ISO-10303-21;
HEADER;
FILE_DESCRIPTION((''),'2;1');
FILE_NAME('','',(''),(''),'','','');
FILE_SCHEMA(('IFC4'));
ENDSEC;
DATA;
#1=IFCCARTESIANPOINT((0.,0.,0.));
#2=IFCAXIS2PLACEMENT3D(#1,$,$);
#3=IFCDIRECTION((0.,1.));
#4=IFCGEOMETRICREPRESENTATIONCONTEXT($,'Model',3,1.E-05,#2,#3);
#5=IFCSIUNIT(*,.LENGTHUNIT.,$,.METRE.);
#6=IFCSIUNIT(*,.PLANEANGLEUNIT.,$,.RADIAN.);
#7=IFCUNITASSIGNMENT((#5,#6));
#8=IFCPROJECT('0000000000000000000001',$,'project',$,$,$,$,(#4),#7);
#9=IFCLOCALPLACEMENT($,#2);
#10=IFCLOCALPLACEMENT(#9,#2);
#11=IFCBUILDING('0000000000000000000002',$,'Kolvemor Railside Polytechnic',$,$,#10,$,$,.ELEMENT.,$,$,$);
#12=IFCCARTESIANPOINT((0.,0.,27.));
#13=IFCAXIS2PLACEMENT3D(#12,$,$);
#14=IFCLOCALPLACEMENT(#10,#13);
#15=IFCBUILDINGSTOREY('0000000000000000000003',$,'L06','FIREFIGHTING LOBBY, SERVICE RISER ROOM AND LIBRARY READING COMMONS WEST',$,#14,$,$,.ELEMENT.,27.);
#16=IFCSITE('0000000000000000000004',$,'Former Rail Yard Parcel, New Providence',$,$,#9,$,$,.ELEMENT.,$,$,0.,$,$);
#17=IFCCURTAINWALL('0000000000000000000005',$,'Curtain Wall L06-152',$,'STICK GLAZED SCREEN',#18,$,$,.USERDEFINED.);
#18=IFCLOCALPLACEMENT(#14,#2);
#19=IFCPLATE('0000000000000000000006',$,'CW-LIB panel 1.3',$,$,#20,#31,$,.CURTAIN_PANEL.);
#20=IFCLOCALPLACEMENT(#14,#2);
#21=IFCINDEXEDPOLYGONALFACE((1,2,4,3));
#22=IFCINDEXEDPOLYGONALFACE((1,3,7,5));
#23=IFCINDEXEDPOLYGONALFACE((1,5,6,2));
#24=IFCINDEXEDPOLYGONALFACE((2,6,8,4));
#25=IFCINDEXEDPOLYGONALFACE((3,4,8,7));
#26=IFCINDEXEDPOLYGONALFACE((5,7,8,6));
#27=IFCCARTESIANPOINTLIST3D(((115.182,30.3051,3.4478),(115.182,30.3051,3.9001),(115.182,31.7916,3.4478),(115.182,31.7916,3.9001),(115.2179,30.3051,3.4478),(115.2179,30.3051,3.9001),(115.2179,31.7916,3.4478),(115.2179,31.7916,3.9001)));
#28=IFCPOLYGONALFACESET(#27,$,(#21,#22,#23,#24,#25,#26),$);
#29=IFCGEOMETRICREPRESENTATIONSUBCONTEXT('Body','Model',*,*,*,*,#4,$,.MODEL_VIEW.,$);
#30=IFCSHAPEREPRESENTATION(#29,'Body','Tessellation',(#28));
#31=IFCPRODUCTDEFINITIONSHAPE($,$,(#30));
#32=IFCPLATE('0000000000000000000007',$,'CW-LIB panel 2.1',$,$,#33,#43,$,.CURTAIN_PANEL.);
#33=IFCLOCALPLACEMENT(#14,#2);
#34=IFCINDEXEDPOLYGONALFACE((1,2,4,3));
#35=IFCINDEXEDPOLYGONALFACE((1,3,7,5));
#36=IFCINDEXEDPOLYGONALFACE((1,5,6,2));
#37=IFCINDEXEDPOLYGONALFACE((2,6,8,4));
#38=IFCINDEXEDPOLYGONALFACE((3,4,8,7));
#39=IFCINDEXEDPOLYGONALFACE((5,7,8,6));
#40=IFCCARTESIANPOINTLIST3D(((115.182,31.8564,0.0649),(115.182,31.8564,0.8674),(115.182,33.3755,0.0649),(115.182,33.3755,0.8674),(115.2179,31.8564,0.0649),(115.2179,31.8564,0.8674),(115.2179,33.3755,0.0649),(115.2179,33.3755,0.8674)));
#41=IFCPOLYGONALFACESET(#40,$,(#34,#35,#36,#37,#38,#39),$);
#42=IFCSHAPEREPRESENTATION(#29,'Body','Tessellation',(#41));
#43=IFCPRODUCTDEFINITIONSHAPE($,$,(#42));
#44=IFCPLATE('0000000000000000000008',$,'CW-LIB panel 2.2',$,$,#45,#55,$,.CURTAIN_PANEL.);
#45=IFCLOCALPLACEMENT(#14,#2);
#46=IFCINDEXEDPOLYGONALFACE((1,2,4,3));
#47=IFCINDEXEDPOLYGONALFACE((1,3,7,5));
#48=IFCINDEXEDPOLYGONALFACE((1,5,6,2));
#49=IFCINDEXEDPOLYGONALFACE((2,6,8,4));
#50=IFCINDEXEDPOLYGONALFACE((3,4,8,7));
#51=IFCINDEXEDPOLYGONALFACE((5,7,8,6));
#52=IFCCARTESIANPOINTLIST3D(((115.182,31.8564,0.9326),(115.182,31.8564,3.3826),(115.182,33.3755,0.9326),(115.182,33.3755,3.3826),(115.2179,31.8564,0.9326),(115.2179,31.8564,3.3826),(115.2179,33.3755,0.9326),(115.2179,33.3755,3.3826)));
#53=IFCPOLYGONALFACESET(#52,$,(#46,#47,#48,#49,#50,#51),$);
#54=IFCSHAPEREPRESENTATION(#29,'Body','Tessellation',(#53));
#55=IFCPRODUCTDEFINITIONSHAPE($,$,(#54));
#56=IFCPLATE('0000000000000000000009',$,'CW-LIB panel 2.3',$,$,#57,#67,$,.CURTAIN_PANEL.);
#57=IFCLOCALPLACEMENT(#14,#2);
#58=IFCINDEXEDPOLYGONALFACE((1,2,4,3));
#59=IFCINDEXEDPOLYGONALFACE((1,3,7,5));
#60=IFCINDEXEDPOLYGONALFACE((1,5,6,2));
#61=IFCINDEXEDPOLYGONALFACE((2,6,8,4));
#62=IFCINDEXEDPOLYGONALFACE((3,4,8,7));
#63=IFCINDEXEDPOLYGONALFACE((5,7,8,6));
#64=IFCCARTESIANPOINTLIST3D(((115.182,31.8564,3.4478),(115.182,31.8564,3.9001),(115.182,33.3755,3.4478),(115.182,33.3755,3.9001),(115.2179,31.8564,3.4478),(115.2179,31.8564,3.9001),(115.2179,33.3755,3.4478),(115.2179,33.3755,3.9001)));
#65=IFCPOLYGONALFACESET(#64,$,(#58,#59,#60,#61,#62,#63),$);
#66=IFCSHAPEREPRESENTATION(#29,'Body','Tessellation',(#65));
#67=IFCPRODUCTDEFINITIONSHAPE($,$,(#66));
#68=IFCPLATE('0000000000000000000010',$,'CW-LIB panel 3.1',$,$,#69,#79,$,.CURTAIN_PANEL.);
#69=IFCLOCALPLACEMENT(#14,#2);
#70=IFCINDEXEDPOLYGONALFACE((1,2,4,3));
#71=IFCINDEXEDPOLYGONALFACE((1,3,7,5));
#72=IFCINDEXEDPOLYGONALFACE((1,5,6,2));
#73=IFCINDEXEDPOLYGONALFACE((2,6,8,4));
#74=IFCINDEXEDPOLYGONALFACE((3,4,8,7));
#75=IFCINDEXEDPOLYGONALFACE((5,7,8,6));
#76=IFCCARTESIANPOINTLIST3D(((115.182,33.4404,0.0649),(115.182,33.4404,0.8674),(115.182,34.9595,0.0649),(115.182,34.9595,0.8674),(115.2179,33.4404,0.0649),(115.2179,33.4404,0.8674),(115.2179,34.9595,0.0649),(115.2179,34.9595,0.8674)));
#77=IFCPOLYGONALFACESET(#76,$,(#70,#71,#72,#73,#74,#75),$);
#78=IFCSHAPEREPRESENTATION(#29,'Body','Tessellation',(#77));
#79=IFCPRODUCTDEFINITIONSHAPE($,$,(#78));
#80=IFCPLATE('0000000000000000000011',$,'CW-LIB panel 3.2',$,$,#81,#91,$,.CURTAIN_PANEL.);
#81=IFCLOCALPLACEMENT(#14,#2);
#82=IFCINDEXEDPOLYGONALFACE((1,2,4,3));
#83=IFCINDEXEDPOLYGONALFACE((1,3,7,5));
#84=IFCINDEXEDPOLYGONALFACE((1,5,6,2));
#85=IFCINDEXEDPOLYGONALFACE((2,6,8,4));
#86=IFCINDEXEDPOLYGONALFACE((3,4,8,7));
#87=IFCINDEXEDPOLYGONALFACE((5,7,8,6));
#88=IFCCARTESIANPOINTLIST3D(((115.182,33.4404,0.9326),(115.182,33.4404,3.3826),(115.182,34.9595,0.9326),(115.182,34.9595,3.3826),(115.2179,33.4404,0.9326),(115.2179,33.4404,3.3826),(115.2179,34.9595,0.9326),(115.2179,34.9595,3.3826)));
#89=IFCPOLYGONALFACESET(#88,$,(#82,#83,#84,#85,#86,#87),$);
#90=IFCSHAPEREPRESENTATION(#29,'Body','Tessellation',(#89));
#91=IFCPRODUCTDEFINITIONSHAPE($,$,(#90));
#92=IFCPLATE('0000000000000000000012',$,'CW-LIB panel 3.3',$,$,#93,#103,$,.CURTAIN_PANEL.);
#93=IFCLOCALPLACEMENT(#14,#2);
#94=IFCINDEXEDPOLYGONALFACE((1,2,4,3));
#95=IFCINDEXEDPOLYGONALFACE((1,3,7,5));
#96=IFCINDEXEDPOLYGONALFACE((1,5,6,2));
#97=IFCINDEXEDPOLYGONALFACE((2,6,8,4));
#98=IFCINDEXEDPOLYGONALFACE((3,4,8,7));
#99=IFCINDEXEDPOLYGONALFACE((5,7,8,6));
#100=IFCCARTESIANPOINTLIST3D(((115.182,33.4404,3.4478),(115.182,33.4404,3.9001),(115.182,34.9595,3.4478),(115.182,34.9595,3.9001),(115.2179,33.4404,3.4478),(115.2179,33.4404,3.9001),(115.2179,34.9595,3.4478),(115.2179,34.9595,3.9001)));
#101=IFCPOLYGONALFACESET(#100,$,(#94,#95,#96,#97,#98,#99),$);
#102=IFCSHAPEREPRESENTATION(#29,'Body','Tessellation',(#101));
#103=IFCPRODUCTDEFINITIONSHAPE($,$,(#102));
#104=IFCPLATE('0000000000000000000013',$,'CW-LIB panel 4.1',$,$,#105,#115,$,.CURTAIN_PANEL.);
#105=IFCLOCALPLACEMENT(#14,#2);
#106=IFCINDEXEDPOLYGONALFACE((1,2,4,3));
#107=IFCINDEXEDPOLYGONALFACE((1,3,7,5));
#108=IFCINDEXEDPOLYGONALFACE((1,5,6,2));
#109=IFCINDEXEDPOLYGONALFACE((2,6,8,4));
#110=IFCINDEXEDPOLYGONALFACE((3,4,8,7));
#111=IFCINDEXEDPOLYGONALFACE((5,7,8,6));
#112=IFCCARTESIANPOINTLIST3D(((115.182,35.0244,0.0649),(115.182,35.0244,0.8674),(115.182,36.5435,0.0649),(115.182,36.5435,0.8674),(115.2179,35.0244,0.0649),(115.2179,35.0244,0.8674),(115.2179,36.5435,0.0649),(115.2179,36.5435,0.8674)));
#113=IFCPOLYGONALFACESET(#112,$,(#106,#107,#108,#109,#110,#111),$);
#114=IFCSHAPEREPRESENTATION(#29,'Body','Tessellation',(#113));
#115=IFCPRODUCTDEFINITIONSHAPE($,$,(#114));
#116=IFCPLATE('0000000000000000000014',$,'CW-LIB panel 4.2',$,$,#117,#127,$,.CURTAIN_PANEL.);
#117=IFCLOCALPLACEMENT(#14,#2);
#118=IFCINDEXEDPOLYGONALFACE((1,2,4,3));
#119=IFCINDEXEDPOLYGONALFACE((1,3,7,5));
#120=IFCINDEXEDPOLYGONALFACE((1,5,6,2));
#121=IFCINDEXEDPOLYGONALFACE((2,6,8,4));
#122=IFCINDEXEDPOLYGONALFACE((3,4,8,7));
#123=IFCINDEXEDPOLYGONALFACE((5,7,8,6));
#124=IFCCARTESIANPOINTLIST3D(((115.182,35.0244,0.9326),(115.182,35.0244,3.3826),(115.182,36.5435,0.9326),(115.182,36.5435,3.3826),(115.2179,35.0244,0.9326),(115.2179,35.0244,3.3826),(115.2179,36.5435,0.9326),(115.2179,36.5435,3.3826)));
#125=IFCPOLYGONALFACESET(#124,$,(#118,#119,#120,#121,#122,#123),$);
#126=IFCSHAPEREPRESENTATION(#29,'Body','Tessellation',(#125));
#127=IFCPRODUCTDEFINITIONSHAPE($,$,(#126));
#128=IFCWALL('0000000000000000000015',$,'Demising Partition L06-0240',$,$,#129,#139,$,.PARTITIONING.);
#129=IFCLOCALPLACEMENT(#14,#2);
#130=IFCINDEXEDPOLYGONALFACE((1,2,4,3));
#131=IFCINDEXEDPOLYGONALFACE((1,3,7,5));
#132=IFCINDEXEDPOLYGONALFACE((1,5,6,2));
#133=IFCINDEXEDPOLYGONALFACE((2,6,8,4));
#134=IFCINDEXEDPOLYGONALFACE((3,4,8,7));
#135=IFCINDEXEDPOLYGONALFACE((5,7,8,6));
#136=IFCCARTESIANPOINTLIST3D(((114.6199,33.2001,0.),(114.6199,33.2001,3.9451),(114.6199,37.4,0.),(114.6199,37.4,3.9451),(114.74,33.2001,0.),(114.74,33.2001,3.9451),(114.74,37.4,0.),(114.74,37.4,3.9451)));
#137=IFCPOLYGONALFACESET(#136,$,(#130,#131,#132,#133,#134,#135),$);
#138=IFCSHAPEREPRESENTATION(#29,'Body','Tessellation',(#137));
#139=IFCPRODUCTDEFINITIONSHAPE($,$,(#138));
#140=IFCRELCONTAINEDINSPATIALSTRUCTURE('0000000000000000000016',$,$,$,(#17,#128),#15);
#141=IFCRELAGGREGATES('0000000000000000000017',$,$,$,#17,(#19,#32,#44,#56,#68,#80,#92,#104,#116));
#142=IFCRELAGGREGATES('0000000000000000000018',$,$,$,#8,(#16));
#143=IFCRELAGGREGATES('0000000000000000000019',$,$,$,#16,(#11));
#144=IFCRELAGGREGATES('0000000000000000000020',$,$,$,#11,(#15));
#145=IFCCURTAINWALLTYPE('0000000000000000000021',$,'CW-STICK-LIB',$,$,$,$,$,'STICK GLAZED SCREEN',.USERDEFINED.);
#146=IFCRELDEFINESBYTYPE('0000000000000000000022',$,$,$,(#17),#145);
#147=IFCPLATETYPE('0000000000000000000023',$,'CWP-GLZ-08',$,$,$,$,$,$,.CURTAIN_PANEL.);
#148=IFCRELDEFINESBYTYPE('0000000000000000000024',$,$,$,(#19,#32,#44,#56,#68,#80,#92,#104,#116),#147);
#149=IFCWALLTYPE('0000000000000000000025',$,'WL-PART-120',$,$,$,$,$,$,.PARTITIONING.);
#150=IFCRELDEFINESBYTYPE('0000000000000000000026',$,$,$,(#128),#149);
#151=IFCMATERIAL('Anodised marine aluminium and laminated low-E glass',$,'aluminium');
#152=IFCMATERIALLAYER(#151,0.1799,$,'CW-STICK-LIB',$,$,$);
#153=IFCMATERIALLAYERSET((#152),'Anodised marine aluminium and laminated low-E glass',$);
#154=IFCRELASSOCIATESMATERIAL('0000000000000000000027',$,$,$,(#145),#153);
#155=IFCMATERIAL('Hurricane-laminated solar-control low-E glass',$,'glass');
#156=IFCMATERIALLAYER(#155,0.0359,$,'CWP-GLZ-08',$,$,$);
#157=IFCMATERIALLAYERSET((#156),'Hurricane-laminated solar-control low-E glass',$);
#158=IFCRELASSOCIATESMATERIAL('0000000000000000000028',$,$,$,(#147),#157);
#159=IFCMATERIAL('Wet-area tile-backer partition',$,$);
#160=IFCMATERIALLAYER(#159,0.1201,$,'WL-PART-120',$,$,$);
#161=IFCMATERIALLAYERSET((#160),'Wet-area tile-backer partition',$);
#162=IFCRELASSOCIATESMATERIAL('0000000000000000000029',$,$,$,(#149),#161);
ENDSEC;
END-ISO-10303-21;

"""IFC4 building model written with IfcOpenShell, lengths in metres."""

from ifc_helpers import new_model, si_unit, direction, frame, frame_2d, origin, origin_2d, place, context, subcontext, project, spatial, rectangle, extrude, material, layer, layer_set, type_object, element, aggregate, save


model = new_model("IFC4")

# Units and contexts
model_context = context("Model", 3, precision=1e-05, world=origin(), true_north=direction((0.0, 1.0)))
body_context = subcontext(model_context, "Body", "Model", "MODEL_VIEW")
ifc_project = project(units=[si_unit("LENGTHUNIT", "METRE"), si_unit("PLANEANGLEUNIT", "RADIAN")], contexts=[model_context])

# Site, building, storey
site_placement = place(None, origin())
site = spatial("IfcSite", under=ifc_project, at=site_placement, Name="Former Rail Yard Parcel, New Providence", CompositionType="ELEMENT", RefElevation=0.0)
building_placement = place(site_placement, origin())
building = spatial("IfcBuilding", under=site, at=building_placement, Name="Kolvemor Railside Polytechnic", CompositionType="ELEMENT")
storey_placement = place(building_placement, frame((0.0, 0.0, 27.0)))
storey = spatial("IfcBuildingStorey", under=building, at=storey_placement, Name="L06", Description="FIREFIGHTING LOBBY, SERVICE RISER ROOM AND LIBRARY READING COMMONS WEST", CompositionType="ELEMENT", Elevation=27.0)

# Curtain wall, plates
ifc_material_1 = material(Name="Anodised marine aluminium and laminated low-E glass", Category="aluminium")
ifc_layer_1 = layer(ifc_material_1, 0.1799, Name="CW-STICK-LIB")
ifc_layer_set_1 = layer_set([ifc_layer_1], Name="Anodised marine aluminium and laminated low-E glass")
curtain_wall_type = type_object("IfcCurtainWallType", Name="CW-STICK-LIB", ElementType="STICK GLAZED SCREEN", PredefinedType="USERDEFINED", material=ifc_layer_set_1)
curtain_wall_placement = place(storey_placement, origin())
curtain_wall = element("IfcCurtainWall", 1, at=curtain_wall_placement, inside=storey, type_object=curtain_wall_type, Name="Curtain Wall L06-152", ObjectType="STICK GLAZED SCREEN", PredefinedType="USERDEFINED")
ifc_material_2 = material(Name="Hurricane-laminated solar-control low-E glass", Category="glass")
ifc_layer_2 = layer(ifc_material_2, 0.0359, Name="CWP-GLZ-08")
ifc_layer_set_2 = layer_set([ifc_layer_2], Name="Hurricane-laminated solar-control low-E glass")
plate_type = type_object("IfcPlateType", Name="CWP-GLZ-08", PredefinedType="CURTAIN_PANEL", material=ifc_layer_set_2)
plate_1_placement = place(storey_placement, frame((115.2, 31.0483, 3.4478), z_axis=(0.0, 0.0, 1.0), x_axis=(0.0, 1.0, 0.0)))
plate_1 = element("IfcPlate", 2, at=plate_1_placement, type_object=plate_type, Name="CW-LIB panel 1.3", PredefinedType="CURTAIN_PANEL", context=body_context, shape_type="SweptSolid", body=[
    extrude(rectangle(XDim=1.4866, YDim=0.0359, at=origin_2d()), origin(), (0.0, 0.0, 1.0), 0.4524),
])
plate_2_placement = place(storey_placement, frame((115.2, 32.616, 0.0649), z_axis=(0.0, 0.0, 1.0), x_axis=(0.0, 1.0, 0.0)))
plate_2 = element("IfcPlate", 3, at=plate_2_placement, type_object=plate_type, Name="CW-LIB panel 2.1", PredefinedType="CURTAIN_PANEL", context=body_context, shape_type="SweptSolid", body=[
    extrude(rectangle(XDim=1.519, YDim=0.0359, at=origin_2d()), origin(), (0.0, 0.0, 1.0), 0.8025),
])
plate_3_placement = place(storey_placement, frame((115.2, 32.616, 0.9326), z_axis=(0.0, 0.0, 1.0), x_axis=(0.0, 1.0, 0.0)))
plate_3 = element("IfcPlate", 4, at=plate_3_placement, type_object=plate_type, Name="CW-LIB panel 2.2", PredefinedType="CURTAIN_PANEL", context=body_context, shape_type="SweptSolid", body=[
    extrude(rectangle(XDim=1.519, YDim=0.0359, at=origin_2d()), origin(), (0.0, 0.0, 1.0), 2.45),
])
plate_4_placement = place(storey_placement, frame((115.2, 32.616, 3.4478), z_axis=(0.0, 0.0, 1.0), x_axis=(0.0, 1.0, 0.0)))
plate_4 = element("IfcPlate", 5, at=plate_4_placement, type_object=plate_type, Name="CW-LIB panel 2.3", PredefinedType="CURTAIN_PANEL", context=body_context, shape_type="SweptSolid", body=[
    extrude(rectangle(XDim=1.519, YDim=0.0359, at=origin_2d()), origin(), (0.0, 0.0, 1.0), 0.4524),
])
plate_5_placement = place(storey_placement, frame((115.2, 34.2, 0.0649), z_axis=(0.0, 0.0, 1.0), x_axis=(0.0, 1.0, 0.0)))
plate_5 = element("IfcPlate", 6, at=plate_5_placement, type_object=plate_type, Name="CW-LIB panel 3.1", PredefinedType="CURTAIN_PANEL", context=body_context, shape_type="SweptSolid", body=[
    extrude(rectangle(XDim=1.519, YDim=0.0359, at=origin_2d()), origin(), (0.0, 0.0, 1.0), 0.8025),
])
plate_6_placement = place(storey_placement, frame((115.2, 34.2, 0.9326), z_axis=(0.0, 0.0, 1.0), x_axis=(0.0, 1.0, 0.0)))
plate_6 = element("IfcPlate", 7, at=plate_6_placement, type_object=plate_type, Name="CW-LIB panel 3.2", PredefinedType="CURTAIN_PANEL", context=body_context, shape_type="SweptSolid", body=[
    extrude(rectangle(XDim=1.519, YDim=0.0359, at=origin_2d()), origin(), (0.0, 0.0, 1.0), 2.45),
])
plate_7_placement = place(storey_placement, frame((115.2, 34.2, 3.4478), z_axis=(0.0, 0.0, 1.0), x_axis=(0.0, 1.0, 0.0)))
plate_7 = element("IfcPlate", 8, at=plate_7_placement, type_object=plate_type, Name="CW-LIB panel 3.3", PredefinedType="CURTAIN_PANEL", context=body_context, shape_type="SweptSolid", body=[
    extrude(rectangle(XDim=1.519, YDim=0.0359, at=origin_2d()), origin(), (0.0, 0.0, 1.0), 0.4524),
])
plate_8_placement = place(storey_placement, frame((115.2, 35.7839, 0.0649), z_axis=(0.0, 0.0, 1.0), x_axis=(0.0, 1.0, 0.0)))
plate_8 = element("IfcPlate", 9, at=plate_8_placement, type_object=plate_type, Name="CW-LIB panel 4.1", PredefinedType="CURTAIN_PANEL", context=body_context, shape_type="SweptSolid", body=[
    extrude(rectangle(XDim=1.519, YDim=0.0359, at=origin_2d()), origin(), (0.0, 0.0, 1.0), 0.8025),
])
plate_9_placement = place(storey_placement, frame((115.2, 35.7839, 0.9326), z_axis=(0.0, 0.0, 1.0), x_axis=(0.0, 1.0, 0.0)))
plate_9 = element("IfcPlate", 10, at=plate_9_placement, type_object=plate_type, Name="CW-LIB panel 4.2", PredefinedType="CURTAIN_PANEL", context=body_context, shape_type="SweptSolid", body=[
    extrude(rectangle(XDim=1.519, YDim=0.0359, at=origin_2d()), origin(), (0.0, 0.0, 1.0), 2.45),
])
aggregate(curtain_wall, [plate_1, plate_2, plate_3, plate_4, plate_5, plate_6, plate_7, plate_8, plate_9])

# Wall
ifc_material_3 = material(Name="Wet-area tile-backer partition")
ifc_layer_3 = layer(ifc_material_3, 0.1201, Name="WL-PART-120")
ifc_layer_set_3 = layer_set([ifc_layer_3], Name="Wet-area tile-backer partition")
wall_type = type_object("IfcWallType", Name="WL-PART-120", PredefinedType="PARTITIONING", material=ifc_layer_set_3)
wall_placement = place(storey_placement, frame((114.6799, 33.2, 0.0), z_axis=(0.0, 0.0, 1.0), x_axis=(0.0, 1.0, 0.0)))
element("IfcWall", 11, at=wall_placement, inside=storey, type_object=wall_type, Name="Demising Partition L06-0240", PredefinedType="PARTITIONING", context=body_context, shape_type="SweptSolid", body=[
    extrude(rectangle(XDim=4.2, YDim=0.1201, at=frame_2d((2.1001, 0.0))), origin(), (0.0, 0.0, 1.0), 3.9451),
])

save(model, "model.ifc")
